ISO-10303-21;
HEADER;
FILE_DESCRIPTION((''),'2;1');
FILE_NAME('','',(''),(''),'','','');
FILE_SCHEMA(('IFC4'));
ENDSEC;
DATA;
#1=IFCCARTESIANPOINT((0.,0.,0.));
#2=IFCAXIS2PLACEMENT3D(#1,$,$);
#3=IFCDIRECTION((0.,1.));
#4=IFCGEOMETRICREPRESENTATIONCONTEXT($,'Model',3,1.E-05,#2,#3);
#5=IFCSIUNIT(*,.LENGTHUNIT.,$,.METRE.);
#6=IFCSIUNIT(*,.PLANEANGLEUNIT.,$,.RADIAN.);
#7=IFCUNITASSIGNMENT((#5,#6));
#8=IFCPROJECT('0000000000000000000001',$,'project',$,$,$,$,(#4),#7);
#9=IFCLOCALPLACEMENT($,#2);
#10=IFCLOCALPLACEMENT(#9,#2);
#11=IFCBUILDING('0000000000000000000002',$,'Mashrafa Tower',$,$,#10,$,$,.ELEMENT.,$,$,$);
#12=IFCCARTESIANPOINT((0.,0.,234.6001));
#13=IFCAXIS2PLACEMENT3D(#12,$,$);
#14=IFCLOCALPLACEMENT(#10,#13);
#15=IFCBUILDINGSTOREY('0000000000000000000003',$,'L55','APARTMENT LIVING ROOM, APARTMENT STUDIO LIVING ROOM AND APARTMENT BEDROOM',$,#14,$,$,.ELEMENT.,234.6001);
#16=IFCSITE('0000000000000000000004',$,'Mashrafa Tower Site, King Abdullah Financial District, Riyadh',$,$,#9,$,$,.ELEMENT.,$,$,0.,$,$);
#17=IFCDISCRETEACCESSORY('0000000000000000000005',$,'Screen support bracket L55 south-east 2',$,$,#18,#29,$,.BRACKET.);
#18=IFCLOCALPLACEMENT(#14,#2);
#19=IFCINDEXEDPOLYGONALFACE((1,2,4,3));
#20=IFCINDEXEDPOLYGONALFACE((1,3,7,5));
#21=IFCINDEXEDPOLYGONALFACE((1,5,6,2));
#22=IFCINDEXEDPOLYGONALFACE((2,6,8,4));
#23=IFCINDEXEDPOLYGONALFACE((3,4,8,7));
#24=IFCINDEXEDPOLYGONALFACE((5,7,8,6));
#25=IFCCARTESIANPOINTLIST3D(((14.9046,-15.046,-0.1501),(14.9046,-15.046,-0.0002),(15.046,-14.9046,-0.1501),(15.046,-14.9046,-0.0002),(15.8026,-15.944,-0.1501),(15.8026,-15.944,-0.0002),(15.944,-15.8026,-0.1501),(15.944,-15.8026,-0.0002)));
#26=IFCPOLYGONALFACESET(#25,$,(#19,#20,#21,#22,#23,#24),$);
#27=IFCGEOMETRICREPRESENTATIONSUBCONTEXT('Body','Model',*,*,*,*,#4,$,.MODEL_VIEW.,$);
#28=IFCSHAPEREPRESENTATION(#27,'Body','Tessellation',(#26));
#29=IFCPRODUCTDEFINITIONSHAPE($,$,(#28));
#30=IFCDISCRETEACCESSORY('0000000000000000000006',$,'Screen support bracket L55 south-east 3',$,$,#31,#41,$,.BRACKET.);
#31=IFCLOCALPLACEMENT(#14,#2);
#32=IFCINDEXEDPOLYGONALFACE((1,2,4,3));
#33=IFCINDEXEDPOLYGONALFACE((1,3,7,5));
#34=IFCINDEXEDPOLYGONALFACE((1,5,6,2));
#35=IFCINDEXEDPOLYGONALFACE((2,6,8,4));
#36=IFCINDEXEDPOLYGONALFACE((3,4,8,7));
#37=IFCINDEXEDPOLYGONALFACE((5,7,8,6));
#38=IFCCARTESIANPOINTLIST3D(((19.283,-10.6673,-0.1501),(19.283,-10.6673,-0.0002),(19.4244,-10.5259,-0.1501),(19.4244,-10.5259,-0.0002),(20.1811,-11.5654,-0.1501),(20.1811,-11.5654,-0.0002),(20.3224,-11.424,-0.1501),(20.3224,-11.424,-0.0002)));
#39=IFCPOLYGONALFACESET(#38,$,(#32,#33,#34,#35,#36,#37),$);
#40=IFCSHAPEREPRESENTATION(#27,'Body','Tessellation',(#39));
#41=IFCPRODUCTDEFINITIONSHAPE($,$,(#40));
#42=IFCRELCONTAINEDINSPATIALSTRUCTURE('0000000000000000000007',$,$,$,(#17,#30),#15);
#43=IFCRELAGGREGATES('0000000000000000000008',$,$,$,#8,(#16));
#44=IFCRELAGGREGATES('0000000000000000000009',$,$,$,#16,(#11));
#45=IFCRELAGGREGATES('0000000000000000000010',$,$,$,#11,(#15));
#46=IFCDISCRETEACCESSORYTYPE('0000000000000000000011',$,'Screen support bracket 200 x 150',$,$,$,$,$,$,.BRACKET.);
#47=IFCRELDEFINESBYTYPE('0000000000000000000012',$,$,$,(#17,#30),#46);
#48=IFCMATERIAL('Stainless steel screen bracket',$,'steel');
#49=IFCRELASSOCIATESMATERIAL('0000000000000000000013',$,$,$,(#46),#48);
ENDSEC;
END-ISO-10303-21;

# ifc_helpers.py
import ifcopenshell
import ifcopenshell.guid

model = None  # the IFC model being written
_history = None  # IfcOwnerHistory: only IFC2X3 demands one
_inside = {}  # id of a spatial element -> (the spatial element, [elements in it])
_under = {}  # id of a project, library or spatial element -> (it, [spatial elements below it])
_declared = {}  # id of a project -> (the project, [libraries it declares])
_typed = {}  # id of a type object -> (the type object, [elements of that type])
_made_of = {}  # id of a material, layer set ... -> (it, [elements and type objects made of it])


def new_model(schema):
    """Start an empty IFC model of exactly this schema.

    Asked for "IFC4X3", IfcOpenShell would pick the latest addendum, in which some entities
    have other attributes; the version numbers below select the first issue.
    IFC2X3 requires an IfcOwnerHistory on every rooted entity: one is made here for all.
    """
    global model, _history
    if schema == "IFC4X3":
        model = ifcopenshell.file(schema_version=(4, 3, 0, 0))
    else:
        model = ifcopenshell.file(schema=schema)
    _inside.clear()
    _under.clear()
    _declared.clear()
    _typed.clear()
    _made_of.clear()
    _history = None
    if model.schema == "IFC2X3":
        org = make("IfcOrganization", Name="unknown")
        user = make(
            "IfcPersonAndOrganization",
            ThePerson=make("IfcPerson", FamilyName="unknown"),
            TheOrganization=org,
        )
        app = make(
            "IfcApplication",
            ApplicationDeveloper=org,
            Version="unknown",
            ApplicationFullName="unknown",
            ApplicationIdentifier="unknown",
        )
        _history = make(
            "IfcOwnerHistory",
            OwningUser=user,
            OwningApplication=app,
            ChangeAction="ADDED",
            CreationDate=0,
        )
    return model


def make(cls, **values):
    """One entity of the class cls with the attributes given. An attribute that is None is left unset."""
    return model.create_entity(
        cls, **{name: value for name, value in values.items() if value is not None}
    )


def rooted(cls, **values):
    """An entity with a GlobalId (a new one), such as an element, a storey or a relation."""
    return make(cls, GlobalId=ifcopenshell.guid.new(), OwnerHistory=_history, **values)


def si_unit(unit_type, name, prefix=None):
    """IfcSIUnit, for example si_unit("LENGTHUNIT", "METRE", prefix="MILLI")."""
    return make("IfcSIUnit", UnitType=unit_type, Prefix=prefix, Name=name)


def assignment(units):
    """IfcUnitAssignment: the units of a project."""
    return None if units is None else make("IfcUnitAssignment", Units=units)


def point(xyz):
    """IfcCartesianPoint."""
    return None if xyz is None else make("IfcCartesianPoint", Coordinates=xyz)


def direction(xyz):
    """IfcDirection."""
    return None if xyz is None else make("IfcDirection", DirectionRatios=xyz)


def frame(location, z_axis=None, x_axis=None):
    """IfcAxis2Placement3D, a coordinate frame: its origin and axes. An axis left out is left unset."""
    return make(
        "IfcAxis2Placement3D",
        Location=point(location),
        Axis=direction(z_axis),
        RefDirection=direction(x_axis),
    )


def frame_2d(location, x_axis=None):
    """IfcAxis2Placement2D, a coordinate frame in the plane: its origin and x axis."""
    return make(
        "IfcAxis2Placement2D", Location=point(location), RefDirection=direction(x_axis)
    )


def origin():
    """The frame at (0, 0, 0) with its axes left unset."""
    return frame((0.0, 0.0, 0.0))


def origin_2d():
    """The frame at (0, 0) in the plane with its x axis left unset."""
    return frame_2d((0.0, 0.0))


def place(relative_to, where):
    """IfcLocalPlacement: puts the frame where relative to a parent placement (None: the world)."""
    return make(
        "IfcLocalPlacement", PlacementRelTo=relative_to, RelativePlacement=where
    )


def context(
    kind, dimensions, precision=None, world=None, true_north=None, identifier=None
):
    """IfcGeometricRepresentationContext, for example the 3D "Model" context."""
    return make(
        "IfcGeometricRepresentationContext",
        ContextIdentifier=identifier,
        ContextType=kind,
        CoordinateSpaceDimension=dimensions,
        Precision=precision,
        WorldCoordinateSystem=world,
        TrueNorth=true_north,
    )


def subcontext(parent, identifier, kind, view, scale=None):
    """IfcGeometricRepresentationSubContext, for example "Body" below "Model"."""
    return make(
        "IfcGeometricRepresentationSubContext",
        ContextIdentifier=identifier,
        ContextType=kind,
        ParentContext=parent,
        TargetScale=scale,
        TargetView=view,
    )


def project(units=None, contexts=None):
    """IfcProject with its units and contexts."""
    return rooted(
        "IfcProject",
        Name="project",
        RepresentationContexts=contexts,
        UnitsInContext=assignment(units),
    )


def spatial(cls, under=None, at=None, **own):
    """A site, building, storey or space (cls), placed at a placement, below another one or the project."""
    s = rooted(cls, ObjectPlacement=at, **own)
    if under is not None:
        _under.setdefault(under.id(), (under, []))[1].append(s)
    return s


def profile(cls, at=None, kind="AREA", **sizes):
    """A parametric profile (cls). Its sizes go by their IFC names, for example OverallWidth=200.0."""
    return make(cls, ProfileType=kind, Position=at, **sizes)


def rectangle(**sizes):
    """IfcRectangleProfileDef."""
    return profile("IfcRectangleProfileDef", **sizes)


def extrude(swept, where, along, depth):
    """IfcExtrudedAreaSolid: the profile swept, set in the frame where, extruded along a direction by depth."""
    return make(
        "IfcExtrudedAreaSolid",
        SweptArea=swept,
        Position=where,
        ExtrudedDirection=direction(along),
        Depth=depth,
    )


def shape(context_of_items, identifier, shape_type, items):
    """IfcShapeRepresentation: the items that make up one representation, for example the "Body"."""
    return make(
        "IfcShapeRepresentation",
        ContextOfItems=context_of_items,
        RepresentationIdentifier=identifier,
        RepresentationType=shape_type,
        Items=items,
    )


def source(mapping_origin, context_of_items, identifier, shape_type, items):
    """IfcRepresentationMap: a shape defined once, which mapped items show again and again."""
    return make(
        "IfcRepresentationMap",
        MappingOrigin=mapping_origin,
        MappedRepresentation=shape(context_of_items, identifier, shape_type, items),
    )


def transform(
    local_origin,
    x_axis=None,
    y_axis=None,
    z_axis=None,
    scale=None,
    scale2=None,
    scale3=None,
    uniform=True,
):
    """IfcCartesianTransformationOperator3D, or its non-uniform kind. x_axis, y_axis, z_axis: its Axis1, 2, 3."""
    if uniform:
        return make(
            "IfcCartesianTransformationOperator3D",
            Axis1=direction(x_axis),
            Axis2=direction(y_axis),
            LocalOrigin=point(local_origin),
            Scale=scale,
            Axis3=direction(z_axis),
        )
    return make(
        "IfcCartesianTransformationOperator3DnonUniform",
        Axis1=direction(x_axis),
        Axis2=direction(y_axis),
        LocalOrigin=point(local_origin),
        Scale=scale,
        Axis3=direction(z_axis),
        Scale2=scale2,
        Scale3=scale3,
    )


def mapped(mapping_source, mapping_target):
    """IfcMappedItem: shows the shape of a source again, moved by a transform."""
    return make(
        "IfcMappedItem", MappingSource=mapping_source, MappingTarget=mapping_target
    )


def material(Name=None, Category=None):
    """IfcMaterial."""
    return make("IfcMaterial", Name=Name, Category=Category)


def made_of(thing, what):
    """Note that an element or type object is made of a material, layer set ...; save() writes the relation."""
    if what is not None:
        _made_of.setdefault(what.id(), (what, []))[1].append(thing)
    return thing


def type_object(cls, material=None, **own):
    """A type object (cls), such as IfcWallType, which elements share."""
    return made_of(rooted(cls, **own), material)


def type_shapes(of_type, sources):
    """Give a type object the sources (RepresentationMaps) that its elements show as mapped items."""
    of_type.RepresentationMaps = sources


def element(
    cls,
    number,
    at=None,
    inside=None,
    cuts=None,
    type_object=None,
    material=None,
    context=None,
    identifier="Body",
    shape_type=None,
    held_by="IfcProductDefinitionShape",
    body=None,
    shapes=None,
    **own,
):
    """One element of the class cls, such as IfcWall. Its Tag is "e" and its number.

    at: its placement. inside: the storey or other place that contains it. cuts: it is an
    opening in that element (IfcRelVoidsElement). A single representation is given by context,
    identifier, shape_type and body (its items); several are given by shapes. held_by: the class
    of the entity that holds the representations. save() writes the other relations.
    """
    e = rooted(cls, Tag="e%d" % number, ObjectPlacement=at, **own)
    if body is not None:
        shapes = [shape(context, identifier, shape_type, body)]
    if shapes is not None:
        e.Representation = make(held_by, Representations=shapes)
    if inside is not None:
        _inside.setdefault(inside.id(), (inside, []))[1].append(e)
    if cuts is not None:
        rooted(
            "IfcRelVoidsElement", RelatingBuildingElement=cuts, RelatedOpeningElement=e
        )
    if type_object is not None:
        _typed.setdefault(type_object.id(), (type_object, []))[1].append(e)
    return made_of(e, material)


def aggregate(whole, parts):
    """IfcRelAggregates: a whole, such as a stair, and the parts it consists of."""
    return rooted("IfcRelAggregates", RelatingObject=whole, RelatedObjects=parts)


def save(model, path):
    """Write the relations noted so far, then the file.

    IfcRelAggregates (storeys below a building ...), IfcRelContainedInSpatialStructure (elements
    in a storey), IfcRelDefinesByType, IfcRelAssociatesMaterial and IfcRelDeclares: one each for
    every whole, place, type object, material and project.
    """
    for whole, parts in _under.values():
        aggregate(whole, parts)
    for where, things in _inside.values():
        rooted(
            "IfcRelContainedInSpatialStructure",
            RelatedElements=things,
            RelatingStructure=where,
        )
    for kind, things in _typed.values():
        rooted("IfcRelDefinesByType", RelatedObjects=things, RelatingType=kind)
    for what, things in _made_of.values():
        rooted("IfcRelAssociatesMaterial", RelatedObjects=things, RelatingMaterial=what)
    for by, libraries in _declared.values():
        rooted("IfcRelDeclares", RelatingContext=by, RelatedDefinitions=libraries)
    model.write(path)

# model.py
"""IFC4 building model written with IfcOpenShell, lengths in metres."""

from ifc_helpers import new_model, si_unit, direction, frame, origin, origin_2d, place, context, subcontext, project, spatial, rectangle, extrude, source, transform, mapped, material, type_object, type_shapes, element, save


model = new_model("IFC4")

# Units and contexts
model_context = context("Model", 3, precision=1e-05, world=origin(), true_north=direction((0.0, 1.0)))
body_context = subcontext(model_context, "Body", "Model", "MODEL_VIEW")
ifc_project = project(units=[si_unit("LENGTHUNIT", "METRE"), si_unit("PLANEANGLEUNIT", "RADIAN")], contexts=[model_context])

# Site, building, storey
site_placement = place(None, origin())
site = spatial("IfcSite", under=ifc_project, at=site_placement, Name="Mashrafa Tower Site, King Abdullah Financial District, Riyadh", CompositionType="ELEMENT", RefElevation=0.0)
building_placement = place(site_placement, origin())
building = spatial("IfcBuilding", under=site, at=building_placement, Name="Mashrafa Tower", CompositionType="ELEMENT")
storey_placement = place(building_placement, frame((0.0, 0.0, 234.6001)))
storey = spatial("IfcBuildingStorey", under=building, at=storey_placement, Name="L55", Description="APARTMENT LIVING ROOM, APARTMENT STUDIO LIVING ROOM AND APARTMENT BEDROOM", CompositionType="ELEMENT", Elevation=234.6001)

# Discrete accessories
ifc_material_1 = material(Name="Stainless steel screen bracket", Category="steel")
discrete_accessory_type = type_object("IfcDiscreteAccessoryType", Name="Screen support bracket 200 x 150", PredefinedType="BRACKET", material=ifc_material_1)
shared_shape_1 = source(origin(), body_context, "Body", "SweptSolid", [
    extrude(rectangle(XDim=0.2, YDim=1.27, at=origin_2d()), origin(), (0.0, 0.0, 1.0), 0.1499),
])
type_shapes(discrete_accessory_type, [shared_shape_1])
for number, where, z_axis, x_axis, name in (
    (1, (15.4243, -15.4243, -0.1501), (0.0, 0.0, 1.0), (0.707107, 0.707107, 0.0), "Screen support bracket L55 south-east 2"),
    (2, (19.8027, -11.0457, -0.1501), (0.0, 0.0, 1.0), (0.707107, 0.707107, 0.0), "Screen support bracket L55 south-east 3"),
):
    element("IfcDiscreteAccessory", number, at=place(storey_placement, frame(where, z_axis=z_axis, x_axis=x_axis)), inside=storey, type_object=discrete_accessory_type, Name=name, PredefinedType="BRACKET", context=body_context, shape_type="MappedRepresentation", body=[
        mapped(shared_shape_1, transform((0.0, 0.0, 0.0))),
    ])

save(model, "model.ifc")
